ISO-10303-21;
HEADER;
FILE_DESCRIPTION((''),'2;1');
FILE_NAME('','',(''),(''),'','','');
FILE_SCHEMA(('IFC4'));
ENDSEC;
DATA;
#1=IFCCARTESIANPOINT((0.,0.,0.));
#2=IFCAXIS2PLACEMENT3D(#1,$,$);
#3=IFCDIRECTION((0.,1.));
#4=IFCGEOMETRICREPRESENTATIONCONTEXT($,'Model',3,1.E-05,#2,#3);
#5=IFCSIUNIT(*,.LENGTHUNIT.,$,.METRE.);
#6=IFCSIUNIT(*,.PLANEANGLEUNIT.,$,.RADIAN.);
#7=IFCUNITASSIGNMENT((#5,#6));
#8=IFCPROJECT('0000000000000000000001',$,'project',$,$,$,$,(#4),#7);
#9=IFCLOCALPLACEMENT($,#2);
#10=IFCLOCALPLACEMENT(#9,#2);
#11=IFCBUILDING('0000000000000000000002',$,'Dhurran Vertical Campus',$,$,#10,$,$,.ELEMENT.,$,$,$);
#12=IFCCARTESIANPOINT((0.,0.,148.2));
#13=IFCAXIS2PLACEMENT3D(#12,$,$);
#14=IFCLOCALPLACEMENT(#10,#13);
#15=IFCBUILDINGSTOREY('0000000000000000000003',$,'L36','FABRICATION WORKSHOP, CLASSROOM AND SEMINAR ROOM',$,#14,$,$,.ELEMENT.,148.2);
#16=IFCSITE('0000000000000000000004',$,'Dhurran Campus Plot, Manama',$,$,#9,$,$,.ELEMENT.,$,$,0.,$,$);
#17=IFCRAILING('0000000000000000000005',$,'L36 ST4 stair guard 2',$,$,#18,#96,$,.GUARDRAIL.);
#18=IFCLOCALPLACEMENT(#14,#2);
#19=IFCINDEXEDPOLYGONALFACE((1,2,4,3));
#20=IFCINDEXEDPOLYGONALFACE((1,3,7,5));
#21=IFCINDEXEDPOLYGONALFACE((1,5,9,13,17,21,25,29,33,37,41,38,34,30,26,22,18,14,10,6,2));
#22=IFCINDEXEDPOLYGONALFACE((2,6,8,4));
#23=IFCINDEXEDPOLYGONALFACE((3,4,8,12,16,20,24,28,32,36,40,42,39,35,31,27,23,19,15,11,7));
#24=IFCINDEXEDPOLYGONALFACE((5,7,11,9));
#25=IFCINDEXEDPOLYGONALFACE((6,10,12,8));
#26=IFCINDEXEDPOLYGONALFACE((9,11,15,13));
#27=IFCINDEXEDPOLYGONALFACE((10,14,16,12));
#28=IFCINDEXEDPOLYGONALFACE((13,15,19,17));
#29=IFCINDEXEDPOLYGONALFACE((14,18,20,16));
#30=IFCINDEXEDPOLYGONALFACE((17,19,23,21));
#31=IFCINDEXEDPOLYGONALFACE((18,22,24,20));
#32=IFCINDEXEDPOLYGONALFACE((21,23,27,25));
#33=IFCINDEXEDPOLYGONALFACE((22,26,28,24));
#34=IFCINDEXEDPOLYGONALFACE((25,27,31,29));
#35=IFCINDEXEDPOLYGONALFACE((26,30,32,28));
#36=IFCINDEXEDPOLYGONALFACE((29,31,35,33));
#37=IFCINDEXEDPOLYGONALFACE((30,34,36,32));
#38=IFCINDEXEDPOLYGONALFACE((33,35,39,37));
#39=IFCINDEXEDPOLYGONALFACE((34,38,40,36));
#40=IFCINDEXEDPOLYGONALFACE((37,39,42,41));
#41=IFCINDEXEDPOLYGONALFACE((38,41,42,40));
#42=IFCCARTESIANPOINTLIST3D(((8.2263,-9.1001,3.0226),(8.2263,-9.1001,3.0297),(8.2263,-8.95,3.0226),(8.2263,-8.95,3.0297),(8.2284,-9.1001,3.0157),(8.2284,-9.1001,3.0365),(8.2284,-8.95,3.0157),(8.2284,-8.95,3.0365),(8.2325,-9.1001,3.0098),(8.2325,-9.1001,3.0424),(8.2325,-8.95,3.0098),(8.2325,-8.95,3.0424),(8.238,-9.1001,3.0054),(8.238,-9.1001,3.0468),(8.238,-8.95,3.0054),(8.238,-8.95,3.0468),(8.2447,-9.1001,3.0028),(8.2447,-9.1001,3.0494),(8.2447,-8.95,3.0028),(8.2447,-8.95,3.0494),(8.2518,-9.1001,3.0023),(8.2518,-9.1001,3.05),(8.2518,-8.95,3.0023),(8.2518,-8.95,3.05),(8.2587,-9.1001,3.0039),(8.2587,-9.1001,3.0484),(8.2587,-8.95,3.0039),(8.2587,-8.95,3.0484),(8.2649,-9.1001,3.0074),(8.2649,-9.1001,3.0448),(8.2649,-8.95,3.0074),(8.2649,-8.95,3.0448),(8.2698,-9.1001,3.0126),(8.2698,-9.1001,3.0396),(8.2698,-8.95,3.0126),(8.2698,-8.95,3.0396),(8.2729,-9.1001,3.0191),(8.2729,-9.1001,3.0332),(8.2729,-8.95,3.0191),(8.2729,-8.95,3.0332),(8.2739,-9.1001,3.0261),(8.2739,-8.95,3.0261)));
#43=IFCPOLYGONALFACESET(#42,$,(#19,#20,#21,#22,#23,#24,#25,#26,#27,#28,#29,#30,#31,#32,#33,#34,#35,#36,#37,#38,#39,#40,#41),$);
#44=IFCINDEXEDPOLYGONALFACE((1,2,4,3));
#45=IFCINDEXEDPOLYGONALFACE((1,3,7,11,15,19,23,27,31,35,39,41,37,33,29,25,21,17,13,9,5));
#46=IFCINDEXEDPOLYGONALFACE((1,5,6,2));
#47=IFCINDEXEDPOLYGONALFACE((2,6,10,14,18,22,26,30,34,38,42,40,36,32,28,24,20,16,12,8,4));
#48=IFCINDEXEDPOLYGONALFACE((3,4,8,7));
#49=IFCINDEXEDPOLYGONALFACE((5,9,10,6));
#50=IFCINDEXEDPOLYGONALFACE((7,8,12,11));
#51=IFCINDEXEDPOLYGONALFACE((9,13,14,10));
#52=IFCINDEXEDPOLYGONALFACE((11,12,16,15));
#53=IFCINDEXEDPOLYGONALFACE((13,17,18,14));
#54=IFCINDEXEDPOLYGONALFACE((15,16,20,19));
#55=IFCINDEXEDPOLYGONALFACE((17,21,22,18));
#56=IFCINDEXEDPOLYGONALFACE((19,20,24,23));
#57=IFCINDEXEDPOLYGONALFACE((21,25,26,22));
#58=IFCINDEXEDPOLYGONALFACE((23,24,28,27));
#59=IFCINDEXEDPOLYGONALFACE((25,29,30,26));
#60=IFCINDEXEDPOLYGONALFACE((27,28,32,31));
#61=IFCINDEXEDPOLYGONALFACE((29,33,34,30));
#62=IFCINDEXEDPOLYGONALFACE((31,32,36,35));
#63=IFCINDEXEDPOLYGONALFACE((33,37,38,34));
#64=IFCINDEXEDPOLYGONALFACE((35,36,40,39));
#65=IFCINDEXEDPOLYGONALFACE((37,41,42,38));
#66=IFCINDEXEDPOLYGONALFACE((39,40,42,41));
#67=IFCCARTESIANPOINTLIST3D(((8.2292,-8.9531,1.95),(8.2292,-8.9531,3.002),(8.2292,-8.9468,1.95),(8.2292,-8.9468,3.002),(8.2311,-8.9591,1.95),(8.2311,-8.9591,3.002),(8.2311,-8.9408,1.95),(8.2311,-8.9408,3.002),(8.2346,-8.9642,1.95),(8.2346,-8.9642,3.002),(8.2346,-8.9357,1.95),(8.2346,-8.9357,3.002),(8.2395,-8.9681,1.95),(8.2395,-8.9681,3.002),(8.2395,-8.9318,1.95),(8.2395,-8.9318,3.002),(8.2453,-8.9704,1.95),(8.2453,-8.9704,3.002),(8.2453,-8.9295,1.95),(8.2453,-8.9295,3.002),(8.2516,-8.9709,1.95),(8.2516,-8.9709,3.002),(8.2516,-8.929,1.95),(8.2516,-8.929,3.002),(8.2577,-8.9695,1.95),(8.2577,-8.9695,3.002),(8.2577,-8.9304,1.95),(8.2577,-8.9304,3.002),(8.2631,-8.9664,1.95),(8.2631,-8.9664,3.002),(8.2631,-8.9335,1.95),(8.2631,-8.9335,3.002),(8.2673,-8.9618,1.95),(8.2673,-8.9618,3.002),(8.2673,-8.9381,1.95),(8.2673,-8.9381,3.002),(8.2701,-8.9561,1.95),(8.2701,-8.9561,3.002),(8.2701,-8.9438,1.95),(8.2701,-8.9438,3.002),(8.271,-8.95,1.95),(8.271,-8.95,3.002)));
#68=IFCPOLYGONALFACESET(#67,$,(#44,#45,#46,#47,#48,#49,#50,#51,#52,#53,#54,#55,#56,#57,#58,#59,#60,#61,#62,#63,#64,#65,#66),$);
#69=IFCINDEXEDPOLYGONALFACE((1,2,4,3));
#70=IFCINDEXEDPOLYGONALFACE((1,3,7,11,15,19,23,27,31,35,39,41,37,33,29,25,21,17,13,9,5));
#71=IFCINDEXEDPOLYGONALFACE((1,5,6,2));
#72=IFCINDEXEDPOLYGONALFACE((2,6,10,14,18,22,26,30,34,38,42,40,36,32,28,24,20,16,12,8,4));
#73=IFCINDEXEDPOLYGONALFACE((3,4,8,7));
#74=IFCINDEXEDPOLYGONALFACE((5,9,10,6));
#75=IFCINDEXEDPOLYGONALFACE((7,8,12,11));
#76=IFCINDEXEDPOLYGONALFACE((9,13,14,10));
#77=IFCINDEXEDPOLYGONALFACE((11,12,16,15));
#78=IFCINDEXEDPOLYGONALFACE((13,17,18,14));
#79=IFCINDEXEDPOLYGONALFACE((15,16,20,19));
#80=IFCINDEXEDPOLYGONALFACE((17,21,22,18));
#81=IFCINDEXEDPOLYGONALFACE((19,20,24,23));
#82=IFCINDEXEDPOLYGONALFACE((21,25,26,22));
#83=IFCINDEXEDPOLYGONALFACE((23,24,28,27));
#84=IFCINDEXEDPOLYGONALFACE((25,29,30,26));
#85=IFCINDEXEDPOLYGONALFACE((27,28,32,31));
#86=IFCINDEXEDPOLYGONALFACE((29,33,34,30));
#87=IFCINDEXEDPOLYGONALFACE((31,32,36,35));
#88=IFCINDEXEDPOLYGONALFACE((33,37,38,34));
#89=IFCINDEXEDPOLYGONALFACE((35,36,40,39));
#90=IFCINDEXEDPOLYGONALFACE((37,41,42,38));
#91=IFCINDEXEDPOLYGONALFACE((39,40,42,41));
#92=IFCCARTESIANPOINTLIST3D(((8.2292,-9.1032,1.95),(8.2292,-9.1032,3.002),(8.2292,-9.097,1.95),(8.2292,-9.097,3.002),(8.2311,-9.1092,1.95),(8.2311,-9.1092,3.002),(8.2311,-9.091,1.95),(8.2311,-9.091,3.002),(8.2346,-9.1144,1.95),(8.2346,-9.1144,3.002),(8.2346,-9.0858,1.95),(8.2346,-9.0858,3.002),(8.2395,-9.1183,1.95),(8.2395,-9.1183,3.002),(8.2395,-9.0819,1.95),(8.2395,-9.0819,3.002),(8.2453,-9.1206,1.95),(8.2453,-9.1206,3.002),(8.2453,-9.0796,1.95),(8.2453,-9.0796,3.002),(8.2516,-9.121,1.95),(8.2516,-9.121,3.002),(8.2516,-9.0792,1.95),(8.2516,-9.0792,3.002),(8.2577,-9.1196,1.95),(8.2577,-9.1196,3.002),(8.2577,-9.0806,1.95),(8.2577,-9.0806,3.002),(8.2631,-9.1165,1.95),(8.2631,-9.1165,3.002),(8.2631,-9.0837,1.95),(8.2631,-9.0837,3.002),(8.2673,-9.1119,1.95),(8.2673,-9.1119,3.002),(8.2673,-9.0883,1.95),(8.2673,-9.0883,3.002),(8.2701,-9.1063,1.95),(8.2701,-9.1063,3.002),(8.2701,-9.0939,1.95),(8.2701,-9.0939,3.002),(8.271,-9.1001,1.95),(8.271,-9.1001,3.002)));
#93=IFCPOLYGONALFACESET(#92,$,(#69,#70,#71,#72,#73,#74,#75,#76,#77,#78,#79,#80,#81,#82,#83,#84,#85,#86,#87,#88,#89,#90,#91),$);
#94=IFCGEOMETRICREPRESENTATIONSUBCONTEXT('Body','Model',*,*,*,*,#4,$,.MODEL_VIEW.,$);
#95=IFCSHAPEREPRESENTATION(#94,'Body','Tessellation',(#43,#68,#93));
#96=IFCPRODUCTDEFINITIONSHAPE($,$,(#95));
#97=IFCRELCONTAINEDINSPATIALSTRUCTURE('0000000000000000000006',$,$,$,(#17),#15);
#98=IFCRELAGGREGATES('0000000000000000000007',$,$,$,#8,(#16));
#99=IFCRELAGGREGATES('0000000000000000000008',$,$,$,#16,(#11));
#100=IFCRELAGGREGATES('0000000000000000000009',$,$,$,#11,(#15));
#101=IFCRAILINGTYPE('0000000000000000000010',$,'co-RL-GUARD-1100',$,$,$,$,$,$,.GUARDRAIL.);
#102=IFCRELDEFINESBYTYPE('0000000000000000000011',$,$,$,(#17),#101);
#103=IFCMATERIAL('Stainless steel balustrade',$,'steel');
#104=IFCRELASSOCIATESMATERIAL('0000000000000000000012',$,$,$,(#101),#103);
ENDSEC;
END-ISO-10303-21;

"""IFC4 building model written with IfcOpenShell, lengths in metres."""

from ifc_helpers import new_model, si_unit, direction, frame, origin, origin_2d, place, context, subcontext, project, spatial, circle, extrude, material, type_object, element, save


model = new_model("IFC4")

# Units and contexts
model_context = context("Model", 3, precision=1e-05, world=origin(), true_north=direction((0.0, 1.0)))
body_context = subcontext(model_context, "Body", "Model", "MODEL_VIEW")
ifc_project = project(units=[si_unit("LENGTHUNIT", "METRE"), si_unit("PLANEANGLEUNIT", "RADIAN")], contexts=[model_context])

# Site, building, storey
site_placement = place(None, origin())
site = spatial("IfcSite", under=ifc_project, at=site_placement, Name="Dhurran Campus Plot, Manama", CompositionType="ELEMENT", RefElevation=0.0)
building_placement = place(site_placement, origin())
building = spatial("IfcBuilding", under=site, at=building_placement, Name="Dhurran Vertical Campus", CompositionType="ELEMENT")
storey_placement = place(building_placement, frame((0.0, 0.0, 148.2)))
storey = spatial("IfcBuildingStorey", under=building, at=storey_placement, Name="L36", Description="FABRICATION WORKSHOP, CLASSROOM AND SEMINAR ROOM", CompositionType="ELEMENT", Elevation=148.2)

# Railing
ifc_material_1 = material(Name="Stainless steel balustrade", Category="steel")
railing_type_1 = type_object("IfcRailingType", Name="co-RL-GUARD-1100", PredefinedType="GUARDRAIL", material=ifc_material_1)
railing_1_placement = place(storey_placement, frame((8.25, -8.95, 1.95)))
element("IfcRailing", 1, at=railing_1_placement, inside=storey, type_object=railing_type_1, Name="L36 ST4 stair guard 2", PredefinedType="GUARDRAIL", context=body_context, shape_type="SweptSolid", body=[
    extrude(circle(Radius=0.0239, at=origin_2d()), frame((0.0, 0.0, 1.0762), z_axis=(0.0, -1.0, 0.0), x_axis=(1.0, 0.0, 0.0)), (0.0, 0.0, 1.0), 0.1501),
    extrude(circle(Radius=0.021, at=origin_2d()), origin(), (0.0, 0.0, 1.0), 1.052),
    extrude(circle(Radius=0.021, at=origin_2d()), frame((0.0, -0.1501, 0.0)), (0.0, 0.0, 1.0), 1.052),
])

save(model, "model.ifc")
